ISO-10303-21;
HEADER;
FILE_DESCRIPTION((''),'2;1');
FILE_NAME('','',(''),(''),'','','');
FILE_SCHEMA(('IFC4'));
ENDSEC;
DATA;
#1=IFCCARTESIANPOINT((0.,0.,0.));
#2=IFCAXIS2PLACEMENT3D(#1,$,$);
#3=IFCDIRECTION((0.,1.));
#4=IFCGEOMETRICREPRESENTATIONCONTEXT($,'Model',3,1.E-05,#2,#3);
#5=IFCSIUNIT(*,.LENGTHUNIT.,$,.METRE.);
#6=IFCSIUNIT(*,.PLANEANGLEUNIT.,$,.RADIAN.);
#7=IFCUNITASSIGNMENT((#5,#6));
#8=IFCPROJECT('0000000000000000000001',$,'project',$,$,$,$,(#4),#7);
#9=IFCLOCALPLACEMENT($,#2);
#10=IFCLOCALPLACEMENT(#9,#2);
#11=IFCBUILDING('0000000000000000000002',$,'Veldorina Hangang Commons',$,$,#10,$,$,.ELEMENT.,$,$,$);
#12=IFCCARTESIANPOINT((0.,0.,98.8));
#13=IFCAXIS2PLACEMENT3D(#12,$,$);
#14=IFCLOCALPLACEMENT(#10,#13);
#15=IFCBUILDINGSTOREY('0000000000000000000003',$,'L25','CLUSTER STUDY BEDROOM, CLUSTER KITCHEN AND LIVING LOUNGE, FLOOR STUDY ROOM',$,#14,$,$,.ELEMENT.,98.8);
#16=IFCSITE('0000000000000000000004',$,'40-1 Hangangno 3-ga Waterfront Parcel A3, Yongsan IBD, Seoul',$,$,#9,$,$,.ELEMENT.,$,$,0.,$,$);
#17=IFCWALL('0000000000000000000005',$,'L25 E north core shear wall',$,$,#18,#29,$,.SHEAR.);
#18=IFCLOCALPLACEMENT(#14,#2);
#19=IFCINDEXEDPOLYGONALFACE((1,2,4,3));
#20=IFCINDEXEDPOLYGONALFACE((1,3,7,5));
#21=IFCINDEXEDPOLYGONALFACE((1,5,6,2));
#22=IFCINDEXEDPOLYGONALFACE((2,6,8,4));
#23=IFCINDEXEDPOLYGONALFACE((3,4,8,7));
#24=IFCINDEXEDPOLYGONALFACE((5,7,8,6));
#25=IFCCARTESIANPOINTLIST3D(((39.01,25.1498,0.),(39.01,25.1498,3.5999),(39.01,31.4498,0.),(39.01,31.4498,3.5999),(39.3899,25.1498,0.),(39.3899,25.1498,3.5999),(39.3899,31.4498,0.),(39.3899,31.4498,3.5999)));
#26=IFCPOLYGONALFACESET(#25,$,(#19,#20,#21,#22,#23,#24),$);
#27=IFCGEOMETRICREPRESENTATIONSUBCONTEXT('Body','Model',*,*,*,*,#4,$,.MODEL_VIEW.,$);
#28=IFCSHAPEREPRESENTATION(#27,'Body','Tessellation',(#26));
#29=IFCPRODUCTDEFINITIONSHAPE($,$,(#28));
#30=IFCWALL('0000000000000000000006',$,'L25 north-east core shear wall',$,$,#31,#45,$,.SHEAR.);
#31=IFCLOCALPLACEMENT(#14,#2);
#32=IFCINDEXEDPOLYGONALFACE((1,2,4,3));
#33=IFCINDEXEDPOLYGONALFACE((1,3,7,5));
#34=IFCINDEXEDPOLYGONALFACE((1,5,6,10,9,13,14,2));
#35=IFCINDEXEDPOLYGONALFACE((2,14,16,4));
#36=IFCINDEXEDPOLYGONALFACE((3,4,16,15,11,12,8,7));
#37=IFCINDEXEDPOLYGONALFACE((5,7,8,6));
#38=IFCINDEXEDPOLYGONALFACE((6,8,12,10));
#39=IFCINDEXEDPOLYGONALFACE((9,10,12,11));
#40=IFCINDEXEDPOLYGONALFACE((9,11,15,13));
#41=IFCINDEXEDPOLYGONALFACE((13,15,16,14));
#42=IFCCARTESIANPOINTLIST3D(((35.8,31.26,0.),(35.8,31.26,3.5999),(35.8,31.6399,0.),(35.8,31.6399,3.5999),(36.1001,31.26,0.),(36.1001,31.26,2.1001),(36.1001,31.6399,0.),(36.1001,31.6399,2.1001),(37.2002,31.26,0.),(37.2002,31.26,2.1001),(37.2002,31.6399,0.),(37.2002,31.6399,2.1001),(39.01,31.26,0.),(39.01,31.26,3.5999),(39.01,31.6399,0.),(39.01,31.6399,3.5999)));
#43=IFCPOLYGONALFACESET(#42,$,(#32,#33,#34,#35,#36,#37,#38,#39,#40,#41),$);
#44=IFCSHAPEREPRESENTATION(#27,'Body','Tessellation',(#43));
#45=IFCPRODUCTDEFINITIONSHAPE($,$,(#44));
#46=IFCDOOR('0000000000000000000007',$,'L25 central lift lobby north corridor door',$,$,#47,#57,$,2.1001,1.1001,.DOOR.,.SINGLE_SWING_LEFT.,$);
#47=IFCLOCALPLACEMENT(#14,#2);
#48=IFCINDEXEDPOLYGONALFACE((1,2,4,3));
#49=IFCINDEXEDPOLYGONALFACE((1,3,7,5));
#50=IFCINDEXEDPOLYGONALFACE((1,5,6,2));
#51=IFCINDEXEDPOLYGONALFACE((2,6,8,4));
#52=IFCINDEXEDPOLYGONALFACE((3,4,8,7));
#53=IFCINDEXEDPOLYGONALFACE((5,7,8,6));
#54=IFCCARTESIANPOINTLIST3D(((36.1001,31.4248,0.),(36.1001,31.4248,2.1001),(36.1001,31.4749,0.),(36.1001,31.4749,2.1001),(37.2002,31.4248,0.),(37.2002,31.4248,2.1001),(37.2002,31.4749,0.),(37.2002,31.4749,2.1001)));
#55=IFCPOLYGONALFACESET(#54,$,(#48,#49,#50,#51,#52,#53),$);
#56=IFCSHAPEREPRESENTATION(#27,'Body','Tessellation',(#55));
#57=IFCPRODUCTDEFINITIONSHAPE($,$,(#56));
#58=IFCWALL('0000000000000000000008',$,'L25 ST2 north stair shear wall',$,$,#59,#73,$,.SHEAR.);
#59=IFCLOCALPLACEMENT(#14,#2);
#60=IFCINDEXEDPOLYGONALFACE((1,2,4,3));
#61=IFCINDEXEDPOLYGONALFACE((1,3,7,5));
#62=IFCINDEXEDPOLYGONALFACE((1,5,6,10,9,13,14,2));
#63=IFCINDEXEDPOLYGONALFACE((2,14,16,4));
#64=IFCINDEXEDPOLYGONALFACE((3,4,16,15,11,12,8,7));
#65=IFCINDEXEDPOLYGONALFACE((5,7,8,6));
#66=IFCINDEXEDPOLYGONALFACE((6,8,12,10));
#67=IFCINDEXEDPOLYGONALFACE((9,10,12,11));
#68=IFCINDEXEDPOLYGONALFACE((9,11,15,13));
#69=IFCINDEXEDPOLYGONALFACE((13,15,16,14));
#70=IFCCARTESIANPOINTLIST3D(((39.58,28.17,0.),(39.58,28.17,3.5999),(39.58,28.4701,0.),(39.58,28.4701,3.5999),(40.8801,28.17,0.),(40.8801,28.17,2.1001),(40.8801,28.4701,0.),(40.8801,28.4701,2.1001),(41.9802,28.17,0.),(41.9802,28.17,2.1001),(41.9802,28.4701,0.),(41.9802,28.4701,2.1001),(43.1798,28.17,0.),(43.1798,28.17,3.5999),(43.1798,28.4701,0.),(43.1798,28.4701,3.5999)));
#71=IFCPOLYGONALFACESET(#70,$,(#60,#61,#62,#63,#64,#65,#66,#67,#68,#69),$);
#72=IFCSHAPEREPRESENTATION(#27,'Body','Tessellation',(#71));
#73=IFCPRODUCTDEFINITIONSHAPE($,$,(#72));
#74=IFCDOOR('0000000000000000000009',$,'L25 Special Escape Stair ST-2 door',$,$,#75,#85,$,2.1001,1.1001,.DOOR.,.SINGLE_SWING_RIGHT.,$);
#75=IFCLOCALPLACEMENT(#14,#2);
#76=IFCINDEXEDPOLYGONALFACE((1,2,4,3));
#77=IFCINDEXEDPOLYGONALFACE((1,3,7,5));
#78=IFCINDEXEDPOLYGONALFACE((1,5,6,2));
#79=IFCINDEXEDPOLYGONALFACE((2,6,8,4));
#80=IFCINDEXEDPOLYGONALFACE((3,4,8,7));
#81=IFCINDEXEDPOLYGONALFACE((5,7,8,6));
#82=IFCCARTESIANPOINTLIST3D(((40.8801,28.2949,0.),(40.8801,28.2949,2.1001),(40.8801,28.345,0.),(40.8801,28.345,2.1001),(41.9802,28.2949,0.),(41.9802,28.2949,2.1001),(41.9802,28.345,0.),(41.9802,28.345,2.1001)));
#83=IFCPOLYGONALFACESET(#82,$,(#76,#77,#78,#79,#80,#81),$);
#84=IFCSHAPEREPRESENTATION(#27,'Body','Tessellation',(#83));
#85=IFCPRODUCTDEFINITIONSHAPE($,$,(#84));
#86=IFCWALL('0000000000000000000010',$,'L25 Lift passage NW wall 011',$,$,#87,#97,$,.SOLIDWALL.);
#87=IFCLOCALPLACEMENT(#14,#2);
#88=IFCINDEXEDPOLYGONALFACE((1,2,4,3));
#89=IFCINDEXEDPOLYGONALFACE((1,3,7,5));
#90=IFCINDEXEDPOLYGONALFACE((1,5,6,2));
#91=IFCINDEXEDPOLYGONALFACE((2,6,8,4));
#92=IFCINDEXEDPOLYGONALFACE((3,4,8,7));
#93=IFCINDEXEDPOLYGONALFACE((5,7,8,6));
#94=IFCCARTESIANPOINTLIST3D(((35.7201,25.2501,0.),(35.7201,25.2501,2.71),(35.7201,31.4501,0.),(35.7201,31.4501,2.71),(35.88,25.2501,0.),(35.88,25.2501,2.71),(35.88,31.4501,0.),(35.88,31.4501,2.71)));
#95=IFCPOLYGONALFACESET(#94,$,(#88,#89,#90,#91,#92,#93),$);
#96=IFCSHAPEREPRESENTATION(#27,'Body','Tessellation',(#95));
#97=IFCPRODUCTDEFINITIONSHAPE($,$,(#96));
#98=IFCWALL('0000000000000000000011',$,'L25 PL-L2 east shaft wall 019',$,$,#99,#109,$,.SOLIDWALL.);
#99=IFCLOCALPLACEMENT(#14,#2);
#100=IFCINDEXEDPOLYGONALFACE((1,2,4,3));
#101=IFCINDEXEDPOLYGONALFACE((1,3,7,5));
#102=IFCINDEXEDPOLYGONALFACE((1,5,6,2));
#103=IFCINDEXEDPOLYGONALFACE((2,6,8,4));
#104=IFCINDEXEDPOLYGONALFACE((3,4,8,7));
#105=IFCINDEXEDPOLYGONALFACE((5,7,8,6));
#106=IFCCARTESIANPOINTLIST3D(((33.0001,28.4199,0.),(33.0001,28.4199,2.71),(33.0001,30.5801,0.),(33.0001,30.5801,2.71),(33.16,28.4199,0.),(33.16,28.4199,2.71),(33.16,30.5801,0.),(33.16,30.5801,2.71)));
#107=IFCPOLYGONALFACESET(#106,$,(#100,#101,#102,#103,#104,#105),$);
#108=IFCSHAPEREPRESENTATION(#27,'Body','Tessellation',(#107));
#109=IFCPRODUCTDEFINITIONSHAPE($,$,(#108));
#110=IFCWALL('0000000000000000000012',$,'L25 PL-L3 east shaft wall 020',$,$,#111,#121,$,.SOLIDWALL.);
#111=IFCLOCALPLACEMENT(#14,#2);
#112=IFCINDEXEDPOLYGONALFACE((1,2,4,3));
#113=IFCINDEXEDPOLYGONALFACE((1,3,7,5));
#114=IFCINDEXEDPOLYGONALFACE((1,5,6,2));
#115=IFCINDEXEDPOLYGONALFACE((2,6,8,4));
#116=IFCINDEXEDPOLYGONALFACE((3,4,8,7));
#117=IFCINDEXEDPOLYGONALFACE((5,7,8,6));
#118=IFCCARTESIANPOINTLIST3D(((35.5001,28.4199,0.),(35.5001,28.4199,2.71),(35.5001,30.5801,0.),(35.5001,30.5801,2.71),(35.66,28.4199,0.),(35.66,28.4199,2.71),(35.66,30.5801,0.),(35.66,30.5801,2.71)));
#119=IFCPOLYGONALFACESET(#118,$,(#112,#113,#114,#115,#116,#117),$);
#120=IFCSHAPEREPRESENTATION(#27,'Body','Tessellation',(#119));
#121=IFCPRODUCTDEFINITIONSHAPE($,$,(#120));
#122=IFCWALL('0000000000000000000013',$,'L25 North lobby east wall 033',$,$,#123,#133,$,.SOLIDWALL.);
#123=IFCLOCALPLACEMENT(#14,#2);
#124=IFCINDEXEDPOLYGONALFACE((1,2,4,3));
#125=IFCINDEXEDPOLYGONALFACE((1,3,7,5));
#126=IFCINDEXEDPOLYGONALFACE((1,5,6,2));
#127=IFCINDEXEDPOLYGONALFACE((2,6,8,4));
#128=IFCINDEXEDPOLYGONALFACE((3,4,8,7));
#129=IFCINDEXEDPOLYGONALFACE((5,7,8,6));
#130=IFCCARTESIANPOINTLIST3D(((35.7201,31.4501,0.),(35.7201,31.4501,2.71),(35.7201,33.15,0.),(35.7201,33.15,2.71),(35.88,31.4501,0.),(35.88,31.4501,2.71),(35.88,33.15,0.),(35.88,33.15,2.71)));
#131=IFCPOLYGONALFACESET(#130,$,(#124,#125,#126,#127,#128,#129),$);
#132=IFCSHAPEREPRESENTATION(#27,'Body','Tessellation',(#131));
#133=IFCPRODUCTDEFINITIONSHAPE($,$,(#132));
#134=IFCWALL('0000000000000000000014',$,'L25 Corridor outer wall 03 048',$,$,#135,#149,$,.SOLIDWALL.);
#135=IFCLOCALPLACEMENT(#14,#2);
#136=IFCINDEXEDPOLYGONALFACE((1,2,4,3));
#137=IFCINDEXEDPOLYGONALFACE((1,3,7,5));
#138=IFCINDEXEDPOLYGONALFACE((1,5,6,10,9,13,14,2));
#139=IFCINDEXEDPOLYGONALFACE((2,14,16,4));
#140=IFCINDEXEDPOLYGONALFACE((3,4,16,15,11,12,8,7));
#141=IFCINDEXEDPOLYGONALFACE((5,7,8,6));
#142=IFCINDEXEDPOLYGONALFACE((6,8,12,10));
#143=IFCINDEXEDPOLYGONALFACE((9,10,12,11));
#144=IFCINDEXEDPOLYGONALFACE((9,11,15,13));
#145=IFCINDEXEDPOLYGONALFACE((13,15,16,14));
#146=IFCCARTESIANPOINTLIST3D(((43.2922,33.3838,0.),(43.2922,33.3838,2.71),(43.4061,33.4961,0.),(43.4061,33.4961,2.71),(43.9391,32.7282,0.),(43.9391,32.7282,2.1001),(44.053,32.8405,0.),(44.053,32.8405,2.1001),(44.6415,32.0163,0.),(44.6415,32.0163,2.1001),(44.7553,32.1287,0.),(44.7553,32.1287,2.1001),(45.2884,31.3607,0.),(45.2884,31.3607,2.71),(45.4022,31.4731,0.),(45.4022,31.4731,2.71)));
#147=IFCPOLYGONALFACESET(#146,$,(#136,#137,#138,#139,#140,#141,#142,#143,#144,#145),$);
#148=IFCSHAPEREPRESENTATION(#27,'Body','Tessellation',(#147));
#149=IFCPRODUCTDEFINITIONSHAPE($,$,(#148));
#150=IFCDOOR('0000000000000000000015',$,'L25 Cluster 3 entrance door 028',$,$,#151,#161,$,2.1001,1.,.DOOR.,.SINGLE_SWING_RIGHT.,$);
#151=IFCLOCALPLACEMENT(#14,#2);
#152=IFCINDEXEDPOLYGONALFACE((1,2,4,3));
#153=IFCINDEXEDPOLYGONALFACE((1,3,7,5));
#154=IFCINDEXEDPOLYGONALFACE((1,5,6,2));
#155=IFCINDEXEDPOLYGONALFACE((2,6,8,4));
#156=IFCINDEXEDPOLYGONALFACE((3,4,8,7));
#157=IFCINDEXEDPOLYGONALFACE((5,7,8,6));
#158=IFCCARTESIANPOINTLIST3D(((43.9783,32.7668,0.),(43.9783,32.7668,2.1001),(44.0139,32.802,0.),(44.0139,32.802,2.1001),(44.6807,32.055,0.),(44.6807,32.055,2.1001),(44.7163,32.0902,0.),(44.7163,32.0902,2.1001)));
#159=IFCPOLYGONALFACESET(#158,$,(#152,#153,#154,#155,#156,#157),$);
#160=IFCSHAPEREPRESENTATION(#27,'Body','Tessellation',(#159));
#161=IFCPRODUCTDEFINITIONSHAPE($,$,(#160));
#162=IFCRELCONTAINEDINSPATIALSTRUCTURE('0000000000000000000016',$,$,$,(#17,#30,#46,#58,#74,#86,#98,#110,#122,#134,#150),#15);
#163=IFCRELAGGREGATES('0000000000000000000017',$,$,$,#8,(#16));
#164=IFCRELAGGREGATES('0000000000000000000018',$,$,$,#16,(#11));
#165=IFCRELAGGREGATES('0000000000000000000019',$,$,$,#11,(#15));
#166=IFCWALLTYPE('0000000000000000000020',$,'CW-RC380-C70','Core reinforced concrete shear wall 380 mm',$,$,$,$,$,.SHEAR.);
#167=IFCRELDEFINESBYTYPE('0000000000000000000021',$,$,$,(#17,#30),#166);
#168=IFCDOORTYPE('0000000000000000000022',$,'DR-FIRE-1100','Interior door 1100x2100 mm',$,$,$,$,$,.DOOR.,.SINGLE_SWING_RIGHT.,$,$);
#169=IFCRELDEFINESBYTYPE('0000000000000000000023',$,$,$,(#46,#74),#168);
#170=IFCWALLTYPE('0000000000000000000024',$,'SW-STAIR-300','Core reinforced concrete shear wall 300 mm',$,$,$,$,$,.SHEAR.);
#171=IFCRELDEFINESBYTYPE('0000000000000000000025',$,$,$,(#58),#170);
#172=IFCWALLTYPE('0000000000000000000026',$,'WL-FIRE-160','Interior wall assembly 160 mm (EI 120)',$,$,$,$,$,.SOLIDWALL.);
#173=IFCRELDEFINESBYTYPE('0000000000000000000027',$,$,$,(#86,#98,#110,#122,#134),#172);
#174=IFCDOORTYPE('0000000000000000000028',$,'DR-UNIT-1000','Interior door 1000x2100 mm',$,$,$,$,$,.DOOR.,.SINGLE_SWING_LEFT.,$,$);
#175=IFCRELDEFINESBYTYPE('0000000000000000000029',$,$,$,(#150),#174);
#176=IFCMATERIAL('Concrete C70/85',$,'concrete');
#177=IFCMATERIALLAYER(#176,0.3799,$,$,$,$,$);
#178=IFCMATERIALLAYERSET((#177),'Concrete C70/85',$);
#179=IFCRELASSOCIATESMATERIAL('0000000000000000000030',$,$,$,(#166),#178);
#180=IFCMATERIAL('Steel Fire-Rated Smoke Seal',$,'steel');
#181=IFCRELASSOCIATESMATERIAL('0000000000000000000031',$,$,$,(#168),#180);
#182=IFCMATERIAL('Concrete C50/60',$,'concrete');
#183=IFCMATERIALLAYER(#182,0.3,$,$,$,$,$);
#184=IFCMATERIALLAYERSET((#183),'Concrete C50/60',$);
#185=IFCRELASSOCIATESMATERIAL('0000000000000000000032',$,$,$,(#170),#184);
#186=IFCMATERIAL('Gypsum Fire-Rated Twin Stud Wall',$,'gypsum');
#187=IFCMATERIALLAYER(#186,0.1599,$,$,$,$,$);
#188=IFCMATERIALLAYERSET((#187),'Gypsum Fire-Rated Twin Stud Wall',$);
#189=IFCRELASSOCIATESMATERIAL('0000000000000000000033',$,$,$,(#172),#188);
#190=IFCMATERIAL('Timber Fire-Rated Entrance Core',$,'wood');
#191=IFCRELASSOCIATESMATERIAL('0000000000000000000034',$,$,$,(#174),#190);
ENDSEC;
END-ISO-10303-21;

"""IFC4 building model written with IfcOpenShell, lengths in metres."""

from ifc_helpers import new_model, si_unit, direction, frame, frame_2d, origin, place, context, subcontext, project, spatial, rectangle, extrude, material, layer, layer_set, type_object, element, fill, save


model = new_model("IFC4")

# Units and contexts
model_context = context("Model", 3, precision=1e-05, world=origin(), true_north=direction((0.0, 1.0)))
body_context = subcontext(model_context, "Body", "Model", "MODEL_VIEW")
ifc_project = project(units=[si_unit("LENGTHUNIT", "METRE"), si_unit("PLANEANGLEUNIT", "RADIAN")], contexts=[model_context])

# Site, building, storey
site_placement = place(None, origin())
site = spatial("IfcSite", under=ifc_project, at=site_placement, Name="40-1 Hangangno 3-ga Waterfront Parcel A3, Yongsan IBD, Seoul", CompositionType="ELEMENT", RefElevation=0.0)
building_placement = place(site_placement, origin())
building = spatial("IfcBuilding", under=site, at=building_placement, Name="Veldorina Hangang Commons", CompositionType="ELEMENT")
storey_placement = place(building_placement, frame((0.0, 0.0, 98.8)))
storey = spatial("IfcBuildingStorey", under=building, at=storey_placement, Name="L25", Description="CLUSTER STUDY BEDROOM, CLUSTER KITCHEN AND LIVING LOUNGE, FLOOR STUDY ROOM", CompositionType="ELEMENT", Elevation=98.8)

# Wall
ifc_material_1 = material(Name="Concrete C70/85", Category="concrete")
ifc_layer_1 = layer(ifc_material_1, 0.3799)
ifc_layer_set_1 = layer_set([ifc_layer_1], Name="Concrete C70/85")
wall_type_1 = type_object("IfcWallType", Name="CW-RC380-C70", Description="Core reinforced concrete shear wall 380 mm", PredefinedType="SHEAR", material=ifc_layer_set_1)
wall_1_placement = place(storey_placement, frame((39.2, 25.1499, 0.0), z_axis=(0.0, 0.0, 1.0), x_axis=(0.0, 1.0, 0.0)))
element("IfcWall", 1, at=wall_1_placement, inside=storey, type_object=wall_type_1, Name="L25 E north core shear wall", PredefinedType="SHEAR", context=body_context, shape_type="SweptSolid", body=[
    extrude(rectangle(XDim=6.3, YDim=0.3799, at=frame_2d((3.1499, 0.0))), origin(), (0.0, 0.0, 1.0), 3.5999),
])

# Walls, openings, doors
wall_2_placement = place(storey_placement, frame((35.8, 31.45, 0.0), z_axis=(0.0, 0.0, 1.0), x_axis=(1.0, 0.0, 0.0)))
wall_2 = element("IfcWall", 2, at=wall_2_placement, inside=storey, type_object=wall_type_1, Name="L25 north-east core shear wall", PredefinedType="SHEAR", context=body_context, shape_type="SweptSolid", body=[
    extrude(rectangle(XDim=3.21, YDim=0.3799, at=frame_2d((1.605, 0.0))), origin(), (0.0, 0.0, 1.0), 3.5999),
])
opening_1_placement = place(wall_2_placement, frame((0.3, 0.0, 0.0)))
opening_1 = element("IfcOpeningElement", 3, at=opening_1_placement, cuts=wall_2, PredefinedType="OPENING", context=body_context, shape_type="SweptSolid", body=[
    extrude(rectangle(XDim=1.1001, YDim=2.1001, at=frame_2d((0.55, 1.05))), frame((0.0, 0.2, 0.0), z_axis=(0.0, -1.0, 0.0), x_axis=(1.0, 0.0, 0.0)), (0.0, 0.0, 1.0), 0.3999),
])
ifc_material_2 = material(Name="Steel Fire-Rated Smoke Seal", Category="steel")
door_type_1 = type_object("IfcDoorType", Name="DR-FIRE-1100", Description="Interior door 1100x2100 mm", OperationType="SINGLE_SWING_RIGHT", PredefinedType="DOOR", material=ifc_material_2)
door_1_placement = place(opening_1_placement, origin())
door_1 = element("IfcDoor", 4, at=door_1_placement, inside=storey, type_object=door_type_1, Name="L25 central lift lobby north corridor door", OperationType="SINGLE_SWING_LEFT", OverallHeight=2.1001, OverallWidth=1.1001, PredefinedType="DOOR", context=body_context, shape_type="SweptSolid", body=[
    extrude(rectangle(XDim=1.1001, YDim=2.1001, at=frame_2d((0.55, 1.05))), frame((0.0, 0.0249, 0.0), z_axis=(0.0, -1.0, 0.0), x_axis=(1.0, 0.0, 0.0)), (0.0, 0.0, 1.0), 0.05),
])
fill(opening_1, door_1)
ifc_material_3 = material(Name="Concrete C50/60", Category="concrete")
ifc_layer_2 = layer(ifc_material_3, 0.3)
ifc_layer_set_2 = layer_set([ifc_layer_2], Name="Concrete C50/60")
wall_type_2 = type_object("IfcWallType", Name="SW-STAIR-300", Description="Core reinforced concrete shear wall 300 mm", PredefinedType="SHEAR", material=ifc_layer_set_2)
wall_3_placement = place(storey_placement, frame((39.5801, 28.3201, 0.0), z_axis=(0.0, 0.0, 1.0), x_axis=(1.0, 0.0, 0.0)))
wall_3 = element("IfcWall", 5, at=wall_3_placement, inside=storey, type_object=wall_type_2, Name="L25 ST2 north stair shear wall", PredefinedType="SHEAR", context=body_context, shape_type="SweptSolid", body=[
    extrude(rectangle(XDim=3.5999, YDim=0.3, at=frame_2d((1.7998, 0.0))), origin(), (0.0, 0.0, 1.0), 3.5999),
])
opening_2_placement = place(wall_3_placement, frame((1.3, 0.0, 0.0)))
opening_2 = element("IfcOpeningElement", 6, at=opening_2_placement, cuts=wall_3, PredefinedType="OPENING", context=body_context, shape_type="SweptSolid", body=[
    extrude(rectangle(XDim=1.1001, YDim=2.1001, at=frame_2d((0.55, 1.05))), frame((0.0, 0.1602, 0.0), z_axis=(0.0, -1.0, 0.0), x_axis=(1.0, 0.0, 0.0)), (0.0, 0.0, 1.0), 0.3201),
])
door_2_placement = place(opening_2_placement, origin())
door_2 = element("IfcDoor", 7, at=door_2_placement, inside=storey, type_object=door_type_1, Name="L25 Special Escape Stair ST-2 door", OperationType="SINGLE_SWING_RIGHT", OverallHeight=2.1001, OverallWidth=1.1001, PredefinedType="DOOR", context=body_context, shape_type="SweptSolid", body=[
    extrude(rectangle(XDim=1.1001, YDim=2.1001, at=frame_2d((0.55, 1.05))), frame((0.0, 0.0249, 0.0), z_axis=(0.0, -1.0, 0.0), x_axis=(1.0, 0.0, 0.0)), (0.0, 0.0, 1.0), 0.05),
])
fill(opening_2, door_2)

# Walls
ifc_material_4 = material(Name="Gypsum Fire-Rated Twin Stud Wall", Category="gypsum")
ifc_layer_3 = layer(ifc_material_4, 0.1599)
ifc_layer_set_3 = layer_set([ifc_layer_3], Name="Gypsum Fire-Rated Twin Stud Wall")
wall_type_3 = type_object("IfcWallType", Name="WL-FIRE-160", Description="Interior wall assembly 160 mm (EI 120)", PredefinedType="SOLIDWALL", material=ifc_layer_set_3)
wall_4_placement = place(storey_placement, frame((35.8, 25.25, 0.0), z_axis=(0.0, 0.0, 1.0), x_axis=(0.0, 1.0, 0.0)))
element("IfcWall", 8, at=wall_4_placement, inside=storey, type_object=wall_type_3, Name="L25 Lift passage NW wall 011", PredefinedType="SOLIDWALL", context=body_context, shape_type="SweptSolid", body=[
    extrude(rectangle(XDim=6.2, YDim=0.1599, at=frame_2d((3.1001, 0.0))), origin(), (0.0, 0.0, 1.0), 2.71),
])
for number, where, z_axis, x_axis, name in (
    (9, (33.0801, 28.4199, 0.0), (0.0, 0.0, 1.0), (0.0, 1.0, 0.0), "L25 PL-L2 east shaft wall 019"),
    (10, (35.5801, 28.4199, 0.0), (0.0, 0.0, 1.0), (0.0, 1.0, 0.0), "L25 PL-L3 east shaft wall 020"),
):
    element("IfcWall", number, at=place(storey_placement, frame(where, z_axis=z_axis, x_axis=x_axis)), inside=storey, type_object=wall_type_3, Name=name, PredefinedType="SOLIDWALL", context=body_context, shape_type="SweptSolid", body=[
        extrude(rectangle(XDim=2.1602, YDim=0.1599, at=frame_2d((1.0801, 0.0))), origin(), (0.0, 0.0, 1.0), 2.71),
    ])
wall_5_placement = place(storey_placement, frame((35.8, 31.45, 0.0), z_axis=(0.0, 0.0, 1.0), x_axis=(0.0, 1.0, 0.0)))
element("IfcWall", 11, at=wall_5_placement, inside=storey, type_object=wall_type_3, Name="L25 North lobby east wall 033", PredefinedType="SOLIDWALL", context=body_context, shape_type="SweptSolid", body=[
    extrude(rectangle(XDim=1.7, YDim=0.1599, at=frame_2d((0.8501, 0.0))), origin(), (0.0, 0.0, 1.0), 2.71),
])

# Wall, opening, door
wall_6_placement = place(storey_placement, frame((45.3452, 31.417, 0.0), z_axis=(0.0, 0.0, 1.0), x_axis=(-0.702366, 0.711816, 0.0)))
wall_6 = element("IfcWall", 12, at=wall_6_placement, inside=storey, type_object=wall_type_3, Name="L25 Corridor outer wall 03 048", PredefinedType="SOLIDWALL", context=body_context, shape_type="SweptSolid", body=[
    extrude(rectangle(XDim=2.842, YDim=0.1599, at=frame_2d((1.4209, 0.0))), origin(), (0.0, 0.0, 1.0), 2.71),
])
opening_3_placement = place(wall_6_placement, frame((0.9209, 0.0, 0.0)))
opening_3 = element("IfcOpeningElement", 13, at=opening_3_placement, cuts=wall_6, PredefinedType="OPENING", context=body_context, shape_type="SweptSolid", body=[
    extrude(rectangle(XDim=1.0, YDim=2.1001, at=frame_2d((0.5, 1.05))), frame((0.0, 0.0898, 0.0), z_axis=(0.0, -1.0, 0.0), x_axis=(1.0, 0.0, 0.0)), (0.0, 0.0, 1.0), 0.1799),
])
ifc_material_5 = material(Name="Timber Fire-Rated Entrance Core", Category="wood")
door_type_2 = type_object("IfcDoorType", Name="DR-UNIT-1000", Description="Interior door 1000x2100 mm", OperationType="SINGLE_SWING_LEFT", PredefinedType="DOOR", material=ifc_material_5)
door_3_placement = place(opening_3_placement, origin())
door_3 = element("IfcDoor", 14, at=door_3_placement, inside=storey, type_object=door_type_2, Name="L25 Cluster 3 entrance door 028", OperationType="SINGLE_SWING_RIGHT", OverallHeight=2.1001, OverallWidth=1.0, PredefinedType="DOOR", context=body_context, shape_type="SweptSolid", body=[
    extrude(rectangle(XDim=1.0, YDim=2.1001, at=frame_2d((0.5, 1.05))), frame((0.0, 0.0249, 0.0), z_axis=(0.0, -1.0, 0.0), x_axis=(1.0, 0.0, 0.0)), (0.0, 0.0, 1.0), 0.05),
])
fill(opening_3, door_3)

save(model, "model.ifc")
